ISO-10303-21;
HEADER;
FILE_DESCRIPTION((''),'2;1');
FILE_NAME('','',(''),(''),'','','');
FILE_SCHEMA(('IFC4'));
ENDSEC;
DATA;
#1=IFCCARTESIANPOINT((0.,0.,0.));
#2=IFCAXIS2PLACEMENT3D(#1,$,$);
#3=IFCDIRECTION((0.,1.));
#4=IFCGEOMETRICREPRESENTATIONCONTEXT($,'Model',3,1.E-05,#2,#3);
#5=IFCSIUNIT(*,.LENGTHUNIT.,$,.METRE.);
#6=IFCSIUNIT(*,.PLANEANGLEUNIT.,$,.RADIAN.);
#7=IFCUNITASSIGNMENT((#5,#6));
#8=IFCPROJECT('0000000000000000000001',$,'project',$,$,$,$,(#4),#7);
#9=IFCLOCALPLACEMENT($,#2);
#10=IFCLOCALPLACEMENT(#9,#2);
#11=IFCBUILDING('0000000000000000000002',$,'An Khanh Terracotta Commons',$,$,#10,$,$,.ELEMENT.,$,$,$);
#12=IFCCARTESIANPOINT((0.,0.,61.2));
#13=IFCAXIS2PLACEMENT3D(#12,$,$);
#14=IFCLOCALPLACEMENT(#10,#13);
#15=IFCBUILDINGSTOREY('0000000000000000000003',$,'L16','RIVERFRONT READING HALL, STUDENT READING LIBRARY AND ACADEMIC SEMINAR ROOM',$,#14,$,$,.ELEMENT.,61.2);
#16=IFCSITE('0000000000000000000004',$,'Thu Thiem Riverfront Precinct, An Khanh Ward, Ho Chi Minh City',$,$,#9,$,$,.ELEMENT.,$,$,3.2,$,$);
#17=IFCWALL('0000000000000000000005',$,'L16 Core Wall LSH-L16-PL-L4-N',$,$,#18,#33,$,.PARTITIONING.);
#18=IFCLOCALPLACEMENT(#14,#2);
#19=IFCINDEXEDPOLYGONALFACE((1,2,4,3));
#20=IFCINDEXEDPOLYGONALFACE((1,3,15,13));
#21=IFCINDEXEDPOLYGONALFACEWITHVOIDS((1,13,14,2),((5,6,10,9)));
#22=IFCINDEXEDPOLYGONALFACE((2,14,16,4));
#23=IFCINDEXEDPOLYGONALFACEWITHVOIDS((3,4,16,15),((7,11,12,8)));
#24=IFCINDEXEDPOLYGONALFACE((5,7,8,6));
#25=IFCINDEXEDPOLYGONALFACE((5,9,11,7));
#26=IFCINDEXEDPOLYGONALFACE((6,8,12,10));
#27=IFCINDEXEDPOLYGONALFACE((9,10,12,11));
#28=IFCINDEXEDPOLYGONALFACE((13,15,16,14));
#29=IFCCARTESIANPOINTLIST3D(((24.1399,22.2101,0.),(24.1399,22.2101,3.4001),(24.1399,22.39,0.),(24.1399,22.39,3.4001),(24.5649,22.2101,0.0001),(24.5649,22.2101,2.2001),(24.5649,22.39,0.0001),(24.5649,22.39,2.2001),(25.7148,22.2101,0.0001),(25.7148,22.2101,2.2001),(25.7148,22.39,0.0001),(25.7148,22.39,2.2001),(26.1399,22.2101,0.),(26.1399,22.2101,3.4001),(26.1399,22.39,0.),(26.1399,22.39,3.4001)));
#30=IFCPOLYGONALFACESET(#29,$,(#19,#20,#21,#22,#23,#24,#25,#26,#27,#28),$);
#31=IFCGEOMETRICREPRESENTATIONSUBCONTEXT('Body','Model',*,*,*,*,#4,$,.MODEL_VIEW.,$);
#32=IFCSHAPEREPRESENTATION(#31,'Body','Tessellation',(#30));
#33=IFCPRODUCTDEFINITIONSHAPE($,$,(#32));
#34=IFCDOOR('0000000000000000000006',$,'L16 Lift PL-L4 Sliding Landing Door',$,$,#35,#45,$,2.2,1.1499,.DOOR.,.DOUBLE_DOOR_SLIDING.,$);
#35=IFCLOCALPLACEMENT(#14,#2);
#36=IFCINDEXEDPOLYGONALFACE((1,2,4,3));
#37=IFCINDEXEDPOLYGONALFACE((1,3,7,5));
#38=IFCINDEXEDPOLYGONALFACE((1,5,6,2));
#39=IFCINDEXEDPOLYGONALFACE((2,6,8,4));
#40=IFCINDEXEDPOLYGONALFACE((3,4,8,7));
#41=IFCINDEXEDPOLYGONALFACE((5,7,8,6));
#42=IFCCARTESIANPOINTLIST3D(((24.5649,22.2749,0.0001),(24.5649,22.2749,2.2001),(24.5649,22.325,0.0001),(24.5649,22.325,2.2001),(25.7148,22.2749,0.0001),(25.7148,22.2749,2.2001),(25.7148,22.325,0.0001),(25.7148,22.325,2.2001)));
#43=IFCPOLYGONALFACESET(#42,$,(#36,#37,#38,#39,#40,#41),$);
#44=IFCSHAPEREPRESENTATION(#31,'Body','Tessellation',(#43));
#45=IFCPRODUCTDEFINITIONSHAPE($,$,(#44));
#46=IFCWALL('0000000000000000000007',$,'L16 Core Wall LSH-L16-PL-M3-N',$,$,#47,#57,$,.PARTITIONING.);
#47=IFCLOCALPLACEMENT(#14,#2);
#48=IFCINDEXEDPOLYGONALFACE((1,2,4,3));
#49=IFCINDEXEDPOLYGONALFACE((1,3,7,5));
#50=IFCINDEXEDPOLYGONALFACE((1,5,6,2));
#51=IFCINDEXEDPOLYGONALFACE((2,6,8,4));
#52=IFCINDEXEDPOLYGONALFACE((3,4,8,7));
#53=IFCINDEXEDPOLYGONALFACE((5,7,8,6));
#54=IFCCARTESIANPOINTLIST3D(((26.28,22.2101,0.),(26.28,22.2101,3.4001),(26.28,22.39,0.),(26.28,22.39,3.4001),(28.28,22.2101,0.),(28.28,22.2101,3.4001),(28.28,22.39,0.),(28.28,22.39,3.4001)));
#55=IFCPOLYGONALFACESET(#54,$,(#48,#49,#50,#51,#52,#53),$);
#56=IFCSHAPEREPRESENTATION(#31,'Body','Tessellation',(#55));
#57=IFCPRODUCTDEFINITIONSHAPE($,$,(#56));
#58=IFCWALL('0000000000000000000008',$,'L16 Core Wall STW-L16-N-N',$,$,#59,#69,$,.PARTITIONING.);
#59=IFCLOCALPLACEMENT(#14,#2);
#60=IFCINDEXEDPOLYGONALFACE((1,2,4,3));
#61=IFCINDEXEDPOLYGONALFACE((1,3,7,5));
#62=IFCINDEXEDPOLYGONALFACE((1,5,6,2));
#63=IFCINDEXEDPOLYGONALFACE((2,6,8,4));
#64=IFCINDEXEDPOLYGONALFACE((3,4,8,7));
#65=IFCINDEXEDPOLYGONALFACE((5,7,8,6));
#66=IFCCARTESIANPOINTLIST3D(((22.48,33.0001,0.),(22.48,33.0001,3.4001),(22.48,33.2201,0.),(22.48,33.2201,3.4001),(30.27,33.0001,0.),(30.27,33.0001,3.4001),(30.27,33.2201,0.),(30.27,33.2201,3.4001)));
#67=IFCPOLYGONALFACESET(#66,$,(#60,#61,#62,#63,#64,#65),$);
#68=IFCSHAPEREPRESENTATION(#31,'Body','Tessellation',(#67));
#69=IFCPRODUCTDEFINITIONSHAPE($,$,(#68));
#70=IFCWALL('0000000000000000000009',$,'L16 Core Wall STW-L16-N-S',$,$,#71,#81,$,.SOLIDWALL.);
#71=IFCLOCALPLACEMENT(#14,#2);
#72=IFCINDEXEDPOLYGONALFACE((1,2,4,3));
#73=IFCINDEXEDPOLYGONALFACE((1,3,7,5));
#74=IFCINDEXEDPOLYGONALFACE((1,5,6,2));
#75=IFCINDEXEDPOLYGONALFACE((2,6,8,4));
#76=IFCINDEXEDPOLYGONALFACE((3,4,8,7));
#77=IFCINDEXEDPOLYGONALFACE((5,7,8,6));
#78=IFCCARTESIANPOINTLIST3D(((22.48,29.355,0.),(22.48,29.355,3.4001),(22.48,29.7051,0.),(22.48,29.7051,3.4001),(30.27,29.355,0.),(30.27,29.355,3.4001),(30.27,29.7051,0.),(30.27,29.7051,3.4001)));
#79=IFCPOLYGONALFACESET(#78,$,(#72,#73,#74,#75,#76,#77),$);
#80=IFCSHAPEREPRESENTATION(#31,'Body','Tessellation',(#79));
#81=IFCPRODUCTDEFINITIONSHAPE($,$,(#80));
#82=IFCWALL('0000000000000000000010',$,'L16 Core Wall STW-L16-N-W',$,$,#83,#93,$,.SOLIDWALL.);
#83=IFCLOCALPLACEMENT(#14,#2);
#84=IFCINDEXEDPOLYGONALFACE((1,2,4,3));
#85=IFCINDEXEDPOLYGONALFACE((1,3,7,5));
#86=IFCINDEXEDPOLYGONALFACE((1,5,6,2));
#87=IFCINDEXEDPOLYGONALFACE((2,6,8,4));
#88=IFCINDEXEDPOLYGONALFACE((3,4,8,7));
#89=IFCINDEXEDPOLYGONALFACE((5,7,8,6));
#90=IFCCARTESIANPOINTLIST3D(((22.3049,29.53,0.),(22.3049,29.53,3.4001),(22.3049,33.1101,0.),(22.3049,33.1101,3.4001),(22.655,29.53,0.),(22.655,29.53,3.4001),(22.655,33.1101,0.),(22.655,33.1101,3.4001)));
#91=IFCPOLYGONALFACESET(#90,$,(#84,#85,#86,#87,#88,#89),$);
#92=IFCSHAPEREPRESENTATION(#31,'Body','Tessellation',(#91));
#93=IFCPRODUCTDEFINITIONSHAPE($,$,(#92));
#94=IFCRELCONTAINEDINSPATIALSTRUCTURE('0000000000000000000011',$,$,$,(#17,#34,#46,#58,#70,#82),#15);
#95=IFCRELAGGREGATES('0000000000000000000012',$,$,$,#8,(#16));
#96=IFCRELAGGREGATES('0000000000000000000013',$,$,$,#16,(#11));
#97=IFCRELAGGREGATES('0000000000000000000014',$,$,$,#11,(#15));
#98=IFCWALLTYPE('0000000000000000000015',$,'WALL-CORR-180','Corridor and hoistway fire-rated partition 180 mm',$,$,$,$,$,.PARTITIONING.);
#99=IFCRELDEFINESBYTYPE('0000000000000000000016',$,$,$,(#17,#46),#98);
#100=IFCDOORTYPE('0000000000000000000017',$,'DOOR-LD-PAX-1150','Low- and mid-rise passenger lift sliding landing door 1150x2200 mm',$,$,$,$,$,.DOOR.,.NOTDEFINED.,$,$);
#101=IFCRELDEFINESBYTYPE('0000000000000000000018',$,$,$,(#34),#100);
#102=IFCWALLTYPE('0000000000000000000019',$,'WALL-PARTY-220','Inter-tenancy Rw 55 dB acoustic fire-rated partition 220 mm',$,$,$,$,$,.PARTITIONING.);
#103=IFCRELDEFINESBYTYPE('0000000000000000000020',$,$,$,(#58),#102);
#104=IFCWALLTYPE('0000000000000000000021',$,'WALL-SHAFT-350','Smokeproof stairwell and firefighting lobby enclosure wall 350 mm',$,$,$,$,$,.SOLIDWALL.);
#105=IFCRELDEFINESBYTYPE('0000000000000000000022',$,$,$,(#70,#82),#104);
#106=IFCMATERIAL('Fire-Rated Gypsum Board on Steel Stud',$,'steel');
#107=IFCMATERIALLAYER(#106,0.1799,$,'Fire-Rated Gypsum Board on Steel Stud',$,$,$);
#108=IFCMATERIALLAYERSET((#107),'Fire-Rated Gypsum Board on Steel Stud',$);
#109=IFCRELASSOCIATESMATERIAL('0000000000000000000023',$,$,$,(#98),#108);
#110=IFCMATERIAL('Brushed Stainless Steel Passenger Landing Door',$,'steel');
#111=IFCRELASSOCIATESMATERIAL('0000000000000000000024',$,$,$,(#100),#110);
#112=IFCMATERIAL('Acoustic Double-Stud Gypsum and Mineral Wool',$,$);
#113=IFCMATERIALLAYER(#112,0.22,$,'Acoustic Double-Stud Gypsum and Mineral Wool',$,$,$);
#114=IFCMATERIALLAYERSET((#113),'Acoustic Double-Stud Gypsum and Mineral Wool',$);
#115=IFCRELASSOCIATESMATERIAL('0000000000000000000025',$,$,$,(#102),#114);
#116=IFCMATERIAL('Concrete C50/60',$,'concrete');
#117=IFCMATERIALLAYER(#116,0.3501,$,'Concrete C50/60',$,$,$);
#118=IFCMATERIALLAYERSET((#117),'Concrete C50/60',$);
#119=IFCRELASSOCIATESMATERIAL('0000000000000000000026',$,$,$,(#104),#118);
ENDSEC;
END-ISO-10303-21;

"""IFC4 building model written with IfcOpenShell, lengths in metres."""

from ifc_helpers import new_model, si_unit, direction, frame, frame_2d, origin, place, context, subcontext, project, spatial, rectangle, extrude, material, layer, layer_set, type_object, element, fill, save


model = new_model("IFC4")

# Units and contexts
model_context = context("Model", 3, precision=1e-05, world=origin(), true_north=direction((0.0, 1.0)))
body_context = subcontext(model_context, "Body", "Model", "MODEL_VIEW")
ifc_project = project(units=[si_unit("LENGTHUNIT", "METRE"), si_unit("PLANEANGLEUNIT", "RADIAN")], contexts=[model_context])

# Site, building, storey
site_placement = place(None, origin())
site = spatial("IfcSite", under=ifc_project, at=site_placement, Name="Thu Thiem Riverfront Precinct, An Khanh Ward, Ho Chi Minh City", CompositionType="ELEMENT", RefElevation=3.2)
building_placement = place(site_placement, origin())
building = spatial("IfcBuilding", under=site, at=building_placement, Name="An Khanh Terracotta Commons", CompositionType="ELEMENT")
storey_placement = place(building_placement, frame((0.0, 0.0, 61.2)))
storey = spatial("IfcBuildingStorey", under=building, at=storey_placement, Name="L16", Description="RIVERFRONT READING HALL, STUDENT READING LIBRARY AND ACADEMIC SEMINAR ROOM", CompositionType="ELEMENT", Elevation=61.2)

# Shared definitions
ifc_material_1 = material(Name="Fire-Rated Gypsum Board on Steel Stud", Category="steel")
ifc_layer_1 = layer(ifc_material_1, 0.1799, Name="Fire-Rated Gypsum Board on Steel Stud")
ifc_layer_set_1 = layer_set([ifc_layer_1], Name="Fire-Rated Gypsum Board on Steel Stud")
wall_type_1 = type_object("IfcWallType", Name="WALL-CORR-180", Description="Corridor and hoistway fire-rated partition 180 mm", PredefinedType="PARTITIONING", material=ifc_layer_set_1)

# Shared definitions
ifc_material_2 = material(Name="Brushed Stainless Steel Passenger Landing Door", Category="steel")
door_type = type_object("IfcDoorType", Name="DOOR-LD-PAX-1150", Description="Low- and mid-rise passenger lift sliding landing door 1150x2200 mm", OperationType="NOTDEFINED", PredefinedType="DOOR", material=ifc_material_2)

# Wall, opening, door
wall_1_placement = place(storey_placement, frame((24.1399, 22.3, 0.0), z_axis=(0.0, 0.0, 1.0), x_axis=(1.0, 0.0, 0.0)))
wall_1 = element("IfcWall", 1, at=wall_1_placement, inside=storey, type_object=wall_type_1, Name="L16 Core Wall LSH-L16-PL-L4-N", PredefinedType="PARTITIONING", context=body_context, shape_type="SweptSolid", body=[
    extrude(rectangle(XDim=2.0, YDim=0.1799, at=frame_2d((1.0, 0.0))), origin(), (0.0, 0.0, 1.0), 3.4001),
])
opening_1_placement = place(wall_1_placement, frame((0.425, 0.0, 0.0)))
opening_1 = element("IfcOpeningElement", 2, at=opening_1_placement, cuts=wall_1, PredefinedType="OPENING", context=body_context, shape_type="SweptSolid", body=[
    extrude(rectangle(XDim=1.1499, YDim=2.2, at=frame_2d((0.575, 1.1001))), frame((0.0, 0.0999, 0.0), z_axis=(0.0, -1.0, 0.0), x_axis=(1.0, 0.0, 0.0)), (0.0, 0.0, 1.0), 0.2),
])
door_1_placement = place(opening_1_placement, origin())
door_1 = element("IfcDoor", 3, at=door_1_placement, inside=storey, type_object=door_type, Name="L16 Lift PL-L4 Sliding Landing Door", OperationType="DOUBLE_DOOR_SLIDING", OverallHeight=2.2, OverallWidth=1.1499, PredefinedType="DOOR", context=body_context, shape_type="SweptSolid", body=[
    extrude(rectangle(XDim=1.1499, YDim=2.2, at=frame_2d((0.575, 1.1001))), frame((0.0, 0.0249, 0.0), z_axis=(0.0, -1.0, 0.0), x_axis=(1.0, 0.0, 0.0)), (0.0, 0.0, 1.0), 0.05),
])
fill(opening_1, door_1)

# Walls
wall_2_placement = place(storey_placement, frame((26.28, 22.3, 0.0), z_axis=(0.0, 0.0, 1.0), x_axis=(1.0, 0.0, 0.0)))
element("IfcWall", 4, at=wall_2_placement, inside=storey, type_object=wall_type_1, Name="L16 Core Wall LSH-L16-PL-M3-N", PredefinedType="PARTITIONING", context=body_context, shape_type="SweptSolid", body=[
    extrude(rectangle(XDim=2.0, YDim=0.1799, at=frame_2d((1.0, 0.0))), origin(), (0.0, 0.0, 1.0), 3.4001),
])
ifc_material_3 = material(Name="Acoustic Double-Stud Gypsum and Mineral Wool")
ifc_layer_2 = layer(ifc_material_3, 0.22, Name="Acoustic Double-Stud Gypsum and Mineral Wool")
ifc_layer_set_2 = layer_set([ifc_layer_2], Name="Acoustic Double-Stud Gypsum and Mineral Wool")
wall_type_2 = type_object("IfcWallType", Name="WALL-PARTY-220", Description="Inter-tenancy Rw 55 dB acoustic fire-rated partition 220 mm", PredefinedType="PARTITIONING", material=ifc_layer_set_2)
wall_3_placement = place(storey_placement, frame((22.48, 33.1101, 0.0), z_axis=(0.0, 0.0, 1.0), x_axis=(1.0, 0.0, 0.0)))
element("IfcWall", 5, at=wall_3_placement, inside=storey, type_object=wall_type_2, Name="L16 Core Wall STW-L16-N-N", PredefinedType="PARTITIONING", context=body_context, shape_type="SweptSolid", body=[
    extrude(rectangle(XDim=7.79, YDim=0.22, at=frame_2d((3.895, 0.0))), origin(), (0.0, 0.0, 1.0), 3.4001),
])
ifc_material_4 = material(Name="Concrete C50/60", Category="concrete")
ifc_layer_3 = layer(ifc_material_4, 0.3501, Name="Concrete C50/60")
ifc_layer_set_3 = layer_set([ifc_layer_3], Name="Concrete C50/60")
wall_type_3 = type_object("IfcWallType", Name="WALL-SHAFT-350", Description="Smokeproof stairwell and firefighting lobby enclosure wall 350 mm", PredefinedType="SOLIDWALL", material=ifc_layer_set_3)
wall_4_placement = place(storey_placement, frame((22.48, 29.53, 0.0), z_axis=(0.0, 0.0, 1.0), x_axis=(1.0, 0.0, 0.0)))
element("IfcWall", 6, at=wall_4_placement, inside=storey, type_object=wall_type_3, Name="L16 Core Wall STW-L16-N-S", PredefinedType="SOLIDWALL", context=body_context, shape_type="SweptSolid", body=[
    extrude(rectangle(XDim=7.79, YDim=0.3501, at=frame_2d((3.895, 0.0))), origin(), (0.0, 0.0, 1.0), 3.4001),
])
wall_5_placement = place(storey_placement, frame((22.48, 29.53, 0.0), z_axis=(0.0, 0.0, 1.0), x_axis=(0.0, 1.0, 0.0)))
element("IfcWall", 7, at=wall_5_placement, inside=storey, type_object=wall_type_3, Name="L16 Core Wall STW-L16-N-W", PredefinedType="SOLIDWALL", context=body_context, shape_type="SweptSolid", body=[
    extrude(rectangle(XDim=3.5801, YDim=0.3501, at=frame_2d((1.79, 0.0))), origin(), (0.0, 0.0, 1.0), 3.4001),
])

save(model, "model.ifc")
